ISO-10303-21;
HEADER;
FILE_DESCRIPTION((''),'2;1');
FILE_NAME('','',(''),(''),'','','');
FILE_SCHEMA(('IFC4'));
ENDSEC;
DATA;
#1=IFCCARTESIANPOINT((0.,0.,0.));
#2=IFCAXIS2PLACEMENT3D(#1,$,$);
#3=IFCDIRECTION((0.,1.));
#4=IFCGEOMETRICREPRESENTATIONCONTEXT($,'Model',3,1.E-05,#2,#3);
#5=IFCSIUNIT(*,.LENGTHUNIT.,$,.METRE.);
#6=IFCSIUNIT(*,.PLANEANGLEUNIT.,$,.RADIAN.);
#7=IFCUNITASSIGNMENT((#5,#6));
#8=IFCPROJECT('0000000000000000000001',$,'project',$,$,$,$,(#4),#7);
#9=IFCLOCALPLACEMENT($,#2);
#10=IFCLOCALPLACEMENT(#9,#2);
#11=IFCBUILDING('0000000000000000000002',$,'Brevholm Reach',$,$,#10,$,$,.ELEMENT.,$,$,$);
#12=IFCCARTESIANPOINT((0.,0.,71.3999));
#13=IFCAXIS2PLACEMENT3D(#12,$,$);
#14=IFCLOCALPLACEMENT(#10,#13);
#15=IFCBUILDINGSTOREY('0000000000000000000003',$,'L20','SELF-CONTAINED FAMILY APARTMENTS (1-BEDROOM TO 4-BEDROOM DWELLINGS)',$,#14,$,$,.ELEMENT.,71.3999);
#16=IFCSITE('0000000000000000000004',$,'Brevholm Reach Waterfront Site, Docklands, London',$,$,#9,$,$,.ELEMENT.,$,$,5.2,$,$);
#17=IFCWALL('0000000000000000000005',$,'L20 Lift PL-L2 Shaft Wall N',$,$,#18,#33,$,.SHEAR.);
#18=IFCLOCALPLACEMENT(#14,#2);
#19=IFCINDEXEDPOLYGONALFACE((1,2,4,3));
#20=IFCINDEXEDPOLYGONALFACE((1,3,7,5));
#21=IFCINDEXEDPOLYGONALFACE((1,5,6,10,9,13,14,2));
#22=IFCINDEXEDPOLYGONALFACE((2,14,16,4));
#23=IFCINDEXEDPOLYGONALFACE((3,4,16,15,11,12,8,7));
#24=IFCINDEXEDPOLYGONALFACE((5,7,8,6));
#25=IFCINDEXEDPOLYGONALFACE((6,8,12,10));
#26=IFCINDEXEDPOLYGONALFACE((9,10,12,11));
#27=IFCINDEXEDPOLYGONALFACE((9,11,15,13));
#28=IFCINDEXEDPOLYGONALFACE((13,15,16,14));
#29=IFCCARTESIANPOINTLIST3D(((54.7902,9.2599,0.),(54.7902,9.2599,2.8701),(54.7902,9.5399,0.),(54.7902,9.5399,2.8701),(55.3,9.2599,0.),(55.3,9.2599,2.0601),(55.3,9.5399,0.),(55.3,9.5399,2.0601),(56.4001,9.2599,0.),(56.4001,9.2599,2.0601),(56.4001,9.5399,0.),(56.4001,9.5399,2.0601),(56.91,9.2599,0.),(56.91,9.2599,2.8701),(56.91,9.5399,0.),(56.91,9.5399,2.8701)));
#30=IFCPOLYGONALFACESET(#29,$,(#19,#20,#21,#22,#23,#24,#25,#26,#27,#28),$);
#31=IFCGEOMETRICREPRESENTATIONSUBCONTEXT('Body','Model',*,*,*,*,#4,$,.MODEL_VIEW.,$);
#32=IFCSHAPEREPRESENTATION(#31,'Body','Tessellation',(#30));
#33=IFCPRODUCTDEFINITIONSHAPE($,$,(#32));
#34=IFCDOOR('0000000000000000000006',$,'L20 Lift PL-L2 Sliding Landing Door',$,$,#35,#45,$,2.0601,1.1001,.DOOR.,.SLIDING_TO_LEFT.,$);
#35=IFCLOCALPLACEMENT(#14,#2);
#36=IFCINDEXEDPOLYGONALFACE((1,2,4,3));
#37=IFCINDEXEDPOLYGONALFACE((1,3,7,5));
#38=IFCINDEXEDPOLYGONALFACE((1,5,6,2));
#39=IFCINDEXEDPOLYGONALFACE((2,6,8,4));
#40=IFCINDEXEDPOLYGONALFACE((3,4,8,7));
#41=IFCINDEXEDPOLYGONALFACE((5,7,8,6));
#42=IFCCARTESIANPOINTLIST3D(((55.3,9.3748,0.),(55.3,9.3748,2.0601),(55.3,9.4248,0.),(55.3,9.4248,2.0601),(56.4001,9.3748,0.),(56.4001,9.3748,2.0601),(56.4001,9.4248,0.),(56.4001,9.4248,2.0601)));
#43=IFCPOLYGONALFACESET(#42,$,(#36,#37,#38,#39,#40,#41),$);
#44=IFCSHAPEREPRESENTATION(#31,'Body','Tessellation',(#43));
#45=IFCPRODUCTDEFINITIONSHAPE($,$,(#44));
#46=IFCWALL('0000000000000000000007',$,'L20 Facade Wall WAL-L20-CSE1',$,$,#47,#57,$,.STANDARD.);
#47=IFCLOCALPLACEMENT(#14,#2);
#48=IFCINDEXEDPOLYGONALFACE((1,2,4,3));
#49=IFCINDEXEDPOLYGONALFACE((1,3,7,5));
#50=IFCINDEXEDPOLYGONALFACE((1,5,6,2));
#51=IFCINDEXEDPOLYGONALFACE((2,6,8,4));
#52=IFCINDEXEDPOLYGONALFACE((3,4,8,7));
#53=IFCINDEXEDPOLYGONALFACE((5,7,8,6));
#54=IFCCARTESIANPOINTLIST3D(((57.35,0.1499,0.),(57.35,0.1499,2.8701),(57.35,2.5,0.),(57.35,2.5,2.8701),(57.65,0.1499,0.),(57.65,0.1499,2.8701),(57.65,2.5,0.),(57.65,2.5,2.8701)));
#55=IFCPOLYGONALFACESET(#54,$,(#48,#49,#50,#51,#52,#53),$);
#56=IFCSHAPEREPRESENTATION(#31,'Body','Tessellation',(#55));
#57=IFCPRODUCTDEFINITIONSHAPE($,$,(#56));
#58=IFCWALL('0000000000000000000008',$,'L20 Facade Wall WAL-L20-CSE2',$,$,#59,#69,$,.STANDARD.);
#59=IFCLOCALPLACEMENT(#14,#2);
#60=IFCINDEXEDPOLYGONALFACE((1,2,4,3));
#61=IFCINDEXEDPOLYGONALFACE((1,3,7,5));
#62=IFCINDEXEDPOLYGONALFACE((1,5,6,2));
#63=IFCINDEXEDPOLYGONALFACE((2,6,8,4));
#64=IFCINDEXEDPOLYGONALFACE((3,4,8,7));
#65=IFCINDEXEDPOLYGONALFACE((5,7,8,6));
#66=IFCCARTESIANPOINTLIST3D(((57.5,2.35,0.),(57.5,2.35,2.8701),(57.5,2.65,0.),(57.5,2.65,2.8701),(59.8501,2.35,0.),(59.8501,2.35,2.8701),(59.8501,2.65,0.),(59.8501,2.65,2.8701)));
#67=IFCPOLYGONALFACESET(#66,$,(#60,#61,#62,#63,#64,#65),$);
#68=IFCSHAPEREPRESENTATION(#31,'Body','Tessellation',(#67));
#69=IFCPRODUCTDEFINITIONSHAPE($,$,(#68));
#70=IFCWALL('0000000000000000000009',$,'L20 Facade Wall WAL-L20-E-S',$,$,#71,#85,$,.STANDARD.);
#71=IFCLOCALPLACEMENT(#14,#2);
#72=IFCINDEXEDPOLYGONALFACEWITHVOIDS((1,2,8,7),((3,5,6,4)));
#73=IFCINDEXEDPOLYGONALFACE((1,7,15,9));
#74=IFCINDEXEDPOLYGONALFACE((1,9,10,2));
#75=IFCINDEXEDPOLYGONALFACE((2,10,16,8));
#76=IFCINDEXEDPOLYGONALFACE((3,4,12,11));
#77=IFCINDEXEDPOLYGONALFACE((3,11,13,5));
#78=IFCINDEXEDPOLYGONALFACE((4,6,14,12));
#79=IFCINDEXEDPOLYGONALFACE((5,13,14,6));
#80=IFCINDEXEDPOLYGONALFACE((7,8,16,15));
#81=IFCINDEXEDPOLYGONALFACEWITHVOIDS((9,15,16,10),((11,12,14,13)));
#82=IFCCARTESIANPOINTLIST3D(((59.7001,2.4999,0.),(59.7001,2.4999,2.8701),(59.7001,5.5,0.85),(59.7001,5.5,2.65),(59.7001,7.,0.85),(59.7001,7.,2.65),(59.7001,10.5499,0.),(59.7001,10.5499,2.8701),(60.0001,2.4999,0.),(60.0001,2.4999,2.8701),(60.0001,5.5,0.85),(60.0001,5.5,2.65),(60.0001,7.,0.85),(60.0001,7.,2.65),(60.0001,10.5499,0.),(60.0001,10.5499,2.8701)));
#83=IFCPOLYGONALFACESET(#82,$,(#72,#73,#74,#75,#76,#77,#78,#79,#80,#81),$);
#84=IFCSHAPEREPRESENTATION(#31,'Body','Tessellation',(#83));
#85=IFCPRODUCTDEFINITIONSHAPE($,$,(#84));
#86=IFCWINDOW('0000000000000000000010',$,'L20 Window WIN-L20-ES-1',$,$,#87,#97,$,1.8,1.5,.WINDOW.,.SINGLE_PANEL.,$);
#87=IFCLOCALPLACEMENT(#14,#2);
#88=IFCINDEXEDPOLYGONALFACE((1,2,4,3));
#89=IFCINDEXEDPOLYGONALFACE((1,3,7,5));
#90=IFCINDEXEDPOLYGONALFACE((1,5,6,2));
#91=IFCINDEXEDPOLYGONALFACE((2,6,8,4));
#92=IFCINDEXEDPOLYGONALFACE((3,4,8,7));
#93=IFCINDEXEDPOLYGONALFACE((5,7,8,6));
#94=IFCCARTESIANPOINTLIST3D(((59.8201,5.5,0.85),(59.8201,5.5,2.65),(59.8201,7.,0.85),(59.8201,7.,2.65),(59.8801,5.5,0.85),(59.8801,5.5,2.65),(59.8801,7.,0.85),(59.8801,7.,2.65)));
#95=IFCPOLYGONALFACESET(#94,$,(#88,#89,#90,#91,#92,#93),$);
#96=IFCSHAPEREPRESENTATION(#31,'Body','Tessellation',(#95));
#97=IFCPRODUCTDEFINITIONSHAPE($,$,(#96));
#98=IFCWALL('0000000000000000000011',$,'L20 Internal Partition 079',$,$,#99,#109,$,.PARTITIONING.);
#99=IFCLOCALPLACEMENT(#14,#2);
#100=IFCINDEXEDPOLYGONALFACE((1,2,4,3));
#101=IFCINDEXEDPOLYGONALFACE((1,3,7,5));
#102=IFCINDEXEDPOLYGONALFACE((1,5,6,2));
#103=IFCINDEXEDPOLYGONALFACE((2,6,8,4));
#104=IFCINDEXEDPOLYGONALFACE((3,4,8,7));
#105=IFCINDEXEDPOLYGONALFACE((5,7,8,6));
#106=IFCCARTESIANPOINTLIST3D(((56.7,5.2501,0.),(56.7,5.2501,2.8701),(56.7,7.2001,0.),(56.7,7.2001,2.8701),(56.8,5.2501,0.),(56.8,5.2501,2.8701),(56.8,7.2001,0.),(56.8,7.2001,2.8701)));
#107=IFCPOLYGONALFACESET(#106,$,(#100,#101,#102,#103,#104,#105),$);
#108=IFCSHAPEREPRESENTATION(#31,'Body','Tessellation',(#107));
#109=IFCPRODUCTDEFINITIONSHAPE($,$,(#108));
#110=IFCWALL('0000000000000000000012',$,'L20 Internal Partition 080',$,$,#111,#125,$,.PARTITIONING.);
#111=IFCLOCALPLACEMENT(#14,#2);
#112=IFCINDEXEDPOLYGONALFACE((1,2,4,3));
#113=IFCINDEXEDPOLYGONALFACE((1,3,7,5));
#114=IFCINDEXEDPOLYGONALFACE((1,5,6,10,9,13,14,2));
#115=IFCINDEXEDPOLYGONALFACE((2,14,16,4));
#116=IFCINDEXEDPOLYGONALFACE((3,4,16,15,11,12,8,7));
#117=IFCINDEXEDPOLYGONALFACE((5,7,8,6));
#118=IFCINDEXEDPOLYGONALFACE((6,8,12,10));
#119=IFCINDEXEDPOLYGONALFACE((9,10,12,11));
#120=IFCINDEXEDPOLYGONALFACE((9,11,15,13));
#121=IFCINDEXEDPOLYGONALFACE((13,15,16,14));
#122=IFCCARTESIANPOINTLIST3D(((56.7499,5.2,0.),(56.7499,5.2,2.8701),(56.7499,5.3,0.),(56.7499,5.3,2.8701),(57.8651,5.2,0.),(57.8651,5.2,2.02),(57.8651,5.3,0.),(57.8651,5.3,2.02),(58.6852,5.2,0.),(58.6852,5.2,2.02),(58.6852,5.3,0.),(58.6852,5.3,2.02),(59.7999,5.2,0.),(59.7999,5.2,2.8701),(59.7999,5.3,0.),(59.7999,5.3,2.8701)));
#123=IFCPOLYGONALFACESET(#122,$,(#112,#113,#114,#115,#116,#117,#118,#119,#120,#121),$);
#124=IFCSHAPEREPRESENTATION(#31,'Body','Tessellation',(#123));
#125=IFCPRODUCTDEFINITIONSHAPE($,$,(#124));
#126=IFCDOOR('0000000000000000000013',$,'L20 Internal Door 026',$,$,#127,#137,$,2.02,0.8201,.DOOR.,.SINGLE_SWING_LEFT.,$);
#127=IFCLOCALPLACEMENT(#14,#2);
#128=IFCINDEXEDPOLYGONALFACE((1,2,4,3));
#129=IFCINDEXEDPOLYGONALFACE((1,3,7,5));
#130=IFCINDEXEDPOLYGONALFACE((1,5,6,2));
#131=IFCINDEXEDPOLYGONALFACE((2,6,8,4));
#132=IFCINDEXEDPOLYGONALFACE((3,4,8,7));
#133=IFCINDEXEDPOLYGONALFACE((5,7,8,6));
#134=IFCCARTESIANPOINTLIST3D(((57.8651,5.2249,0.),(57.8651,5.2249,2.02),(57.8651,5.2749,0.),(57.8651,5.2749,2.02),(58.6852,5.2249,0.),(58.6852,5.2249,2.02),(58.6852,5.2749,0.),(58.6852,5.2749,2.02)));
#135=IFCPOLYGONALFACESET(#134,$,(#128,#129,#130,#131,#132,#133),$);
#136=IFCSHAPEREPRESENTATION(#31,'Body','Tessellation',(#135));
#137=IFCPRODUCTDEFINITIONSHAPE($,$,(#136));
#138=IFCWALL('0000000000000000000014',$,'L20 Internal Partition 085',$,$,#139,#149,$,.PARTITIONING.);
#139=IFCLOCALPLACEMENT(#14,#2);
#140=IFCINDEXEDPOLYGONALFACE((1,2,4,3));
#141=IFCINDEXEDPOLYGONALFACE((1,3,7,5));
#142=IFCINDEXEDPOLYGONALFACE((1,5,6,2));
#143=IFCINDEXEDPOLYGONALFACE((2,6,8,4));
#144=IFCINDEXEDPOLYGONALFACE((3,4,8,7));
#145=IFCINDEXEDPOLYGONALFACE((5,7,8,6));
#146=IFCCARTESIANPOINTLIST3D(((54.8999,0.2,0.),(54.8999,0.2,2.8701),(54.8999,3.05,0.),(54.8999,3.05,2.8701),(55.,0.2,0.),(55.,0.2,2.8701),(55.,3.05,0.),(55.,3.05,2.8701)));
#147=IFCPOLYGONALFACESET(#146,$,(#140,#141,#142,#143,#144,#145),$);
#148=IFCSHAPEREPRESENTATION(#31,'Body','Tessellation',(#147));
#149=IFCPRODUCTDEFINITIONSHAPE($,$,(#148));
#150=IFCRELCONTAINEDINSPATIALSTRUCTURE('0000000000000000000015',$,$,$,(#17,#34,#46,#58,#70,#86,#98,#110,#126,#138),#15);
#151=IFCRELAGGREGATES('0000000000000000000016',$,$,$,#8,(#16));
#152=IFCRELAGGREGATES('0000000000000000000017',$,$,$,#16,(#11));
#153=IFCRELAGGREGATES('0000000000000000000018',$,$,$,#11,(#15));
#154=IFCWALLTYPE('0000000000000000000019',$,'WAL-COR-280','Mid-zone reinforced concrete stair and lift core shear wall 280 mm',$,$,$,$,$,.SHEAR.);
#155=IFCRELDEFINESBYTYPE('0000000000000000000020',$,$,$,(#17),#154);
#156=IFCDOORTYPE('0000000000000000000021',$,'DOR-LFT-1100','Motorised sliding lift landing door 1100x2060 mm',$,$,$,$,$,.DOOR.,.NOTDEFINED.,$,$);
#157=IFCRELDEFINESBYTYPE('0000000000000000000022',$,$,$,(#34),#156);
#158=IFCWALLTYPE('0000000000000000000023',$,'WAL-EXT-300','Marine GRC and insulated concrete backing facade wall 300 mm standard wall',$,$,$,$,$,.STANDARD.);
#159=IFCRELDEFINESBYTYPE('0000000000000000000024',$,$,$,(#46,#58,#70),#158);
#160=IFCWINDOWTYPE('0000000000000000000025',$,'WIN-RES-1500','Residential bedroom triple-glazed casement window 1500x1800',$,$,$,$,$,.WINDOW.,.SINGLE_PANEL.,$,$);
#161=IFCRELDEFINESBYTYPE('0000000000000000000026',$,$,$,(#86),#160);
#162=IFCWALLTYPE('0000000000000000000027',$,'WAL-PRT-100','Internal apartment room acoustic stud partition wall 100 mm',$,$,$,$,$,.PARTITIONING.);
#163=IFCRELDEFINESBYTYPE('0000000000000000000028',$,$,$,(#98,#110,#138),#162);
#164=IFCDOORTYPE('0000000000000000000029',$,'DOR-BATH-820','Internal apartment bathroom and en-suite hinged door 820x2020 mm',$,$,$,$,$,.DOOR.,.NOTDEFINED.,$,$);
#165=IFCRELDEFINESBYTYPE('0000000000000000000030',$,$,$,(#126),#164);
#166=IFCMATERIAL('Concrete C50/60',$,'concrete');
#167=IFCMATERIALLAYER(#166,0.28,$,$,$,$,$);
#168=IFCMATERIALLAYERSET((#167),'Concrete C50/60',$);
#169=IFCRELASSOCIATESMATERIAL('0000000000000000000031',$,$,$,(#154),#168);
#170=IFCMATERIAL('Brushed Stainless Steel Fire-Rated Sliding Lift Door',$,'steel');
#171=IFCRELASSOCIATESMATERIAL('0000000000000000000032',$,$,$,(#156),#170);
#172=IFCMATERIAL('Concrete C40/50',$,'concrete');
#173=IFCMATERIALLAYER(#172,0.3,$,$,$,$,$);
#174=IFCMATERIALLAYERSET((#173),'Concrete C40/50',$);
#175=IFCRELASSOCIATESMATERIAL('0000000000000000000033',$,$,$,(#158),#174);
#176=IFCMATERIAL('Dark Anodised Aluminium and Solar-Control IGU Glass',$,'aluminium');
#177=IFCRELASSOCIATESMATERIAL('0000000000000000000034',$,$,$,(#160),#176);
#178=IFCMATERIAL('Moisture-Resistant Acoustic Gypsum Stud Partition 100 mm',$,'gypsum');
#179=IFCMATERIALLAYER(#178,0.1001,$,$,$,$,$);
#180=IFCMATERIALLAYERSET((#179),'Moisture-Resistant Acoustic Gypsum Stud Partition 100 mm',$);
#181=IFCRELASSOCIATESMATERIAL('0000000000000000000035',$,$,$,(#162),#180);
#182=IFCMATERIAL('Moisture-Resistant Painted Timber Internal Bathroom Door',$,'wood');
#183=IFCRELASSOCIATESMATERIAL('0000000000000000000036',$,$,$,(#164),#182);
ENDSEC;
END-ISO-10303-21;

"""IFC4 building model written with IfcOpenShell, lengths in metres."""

from ifc_helpers import new_model, si_unit, direction, frame, frame_2d, origin, place, context, subcontext, project, spatial, rectangle, extrude, material, layer, layer_set, type_object, element, fill, save


model = new_model("IFC4")

# Units and contexts
model_context = context("Model", 3, precision=1e-05, world=origin(), true_north=direction((0.0, 1.0)))
body_context = subcontext(model_context, "Body", "Model", "MODEL_VIEW")
ifc_project = project(units=[si_unit("LENGTHUNIT", "METRE"), si_unit("PLANEANGLEUNIT", "RADIAN")], contexts=[model_context])

# Site, building, storey
site_placement = place(None, origin())
site = spatial("IfcSite", under=ifc_project, at=site_placement, Name="Brevholm Reach Waterfront Site, Docklands, London", CompositionType="ELEMENT", RefElevation=5.2)
building_placement = place(site_placement, origin())
building = spatial("IfcBuilding", under=site, at=building_placement, Name="Brevholm Reach", CompositionType="ELEMENT")
storey_placement = place(building_placement, frame((0.0, 0.0, 71.3999)))
storey = spatial("IfcBuildingStorey", under=building, at=storey_placement, Name="L20", Description="SELF-CONTAINED FAMILY APARTMENTS (1-BEDROOM TO 4-BEDROOM DWELLINGS)", CompositionType="ELEMENT", Elevation=71.3999)

# Shared definitions
ifc_material_1 = material(Name="Concrete C50/60", Category="concrete")
ifc_layer_1 = layer(ifc_material_1, 0.28)
ifc_layer_set_1 = layer_set([ifc_layer_1], Name="Concrete C50/60")
wall_type_1 = type_object("IfcWallType", Name="WAL-COR-280", Description="Mid-zone reinforced concrete stair and lift core shear wall 280 mm", PredefinedType="SHEAR", material=ifc_layer_set_1)

# Wall, opening, door
wall_1_placement = place(storey_placement, frame((54.79, 9.3999, 0.0), z_axis=(0.0, 0.0, 1.0), x_axis=(1.0, 0.0, 0.0)))
wall_1 = element("IfcWall", 1, at=wall_1_placement, inside=storey, type_object=wall_type_1, Name="L20 Lift PL-L2 Shaft Wall N", PredefinedType="SHEAR", context=body_context, shape_type="SweptSolid", body=[
    extrude(rectangle(XDim=2.1199, YDim=0.28, at=frame_2d((1.0601, 0.0))), origin(), (0.0, 0.0, 1.0), 2.8701),
])
opening_1_placement = place(wall_1_placement, frame((0.51, 0.0, 0.0)))
opening_1 = element("IfcOpeningElement", 2, at=opening_1_placement, cuts=wall_1, PredefinedType="OPENING", context=body_context, shape_type="SweptSolid", body=[
    extrude(rectangle(XDim=1.1001, YDim=2.0601, at=frame_2d((0.55, 1.03))), frame((0.0, 0.1499, 0.0), z_axis=(0.0, -1.0, 0.0), x_axis=(1.0, 0.0, 0.0)), (0.0, 0.0, 1.0), 0.3),
])
ifc_material_2 = material(Name="Brushed Stainless Steel Fire-Rated Sliding Lift Door", Category="steel")
door_type_1 = type_object("IfcDoorType", Name="DOR-LFT-1100", Description="Motorised sliding lift landing door 1100x2060 mm", OperationType="NOTDEFINED", PredefinedType="DOOR", material=ifc_material_2)
door_1_placement = place(opening_1_placement, origin())
door_1 = element("IfcDoor", 3, at=door_1_placement, inside=storey, type_object=door_type_1, Name="L20 Lift PL-L2 Sliding Landing Door", OperationType="SLIDING_TO_LEFT", OverallHeight=2.0601, OverallWidth=1.1001, PredefinedType="DOOR", context=body_context, shape_type="SweptSolid", body=[
    extrude(rectangle(XDim=1.1001, YDim=2.0601, at=frame_2d((0.55, 1.03))), frame((0.0, 0.0249, 0.0), z_axis=(0.0, -1.0, 0.0), x_axis=(1.0, 0.0, 0.0)), (0.0, 0.0, 1.0), 0.05),
])
fill(opening_1, door_1)

# Walls
ifc_material_3 = material(Name="Concrete C40/50", Category="concrete")
ifc_layer_2 = layer(ifc_material_3, 0.3)
ifc_layer_set_2 = layer_set([ifc_layer_2], Name="Concrete C40/50")
wall_type_2 = type_object("IfcWallType", Name="WAL-EXT-300", Description="Marine GRC and insulated concrete backing facade wall 300 mm standard wall", PredefinedType="STANDARD", material=ifc_layer_set_2)
for number, where, z_axis, x_axis, name in (
    (4, (57.5, 0.1499, 0.0), (0.0, 0.0, 1.0), (0.0, 1.0, 0.0), "L20 Facade Wall WAL-L20-CSE1"),
    (5, (57.5, 2.5, 0.0), (0.0, 0.0, 1.0), (1.0, 0.0, 0.0), "L20 Facade Wall WAL-L20-CSE2"),
):
    element("IfcWall", number, at=place(storey_placement, frame(where, z_axis=z_axis, x_axis=x_axis)), inside=storey, type_object=wall_type_2, Name=name, PredefinedType="STANDARD", context=body_context, shape_type="SweptSolid", body=[
        extrude(rectangle(XDim=2.3501, YDim=0.3, at=frame_2d((1.175, 0.0))), origin(), (0.0, 0.0, 1.0), 2.8701),
    ])

# Wall, opening, window
wall_2_placement = place(storey_placement, frame((59.8501, 2.5, 0.0), z_axis=(0.0, 0.0, 1.0), x_axis=(0.0, 1.0, 0.0)))
wall_2 = element("IfcWall", 6, at=wall_2_placement, inside=storey, type_object=wall_type_2, Name="L20 Facade Wall WAL-L20-E-S", PredefinedType="STANDARD", context=body_context, shape_type="SweptSolid", body=[
    extrude(rectangle(XDim=8.05, YDim=0.3, at=frame_2d((4.0249, 0.0))), origin(), (0.0, 0.0, 1.0), 2.8701),
])
opening_2_placement = place(wall_2_placement, frame((3.0, 0.0, 0.8501)))
opening_2 = element("IfcOpeningElement", 7, at=opening_2_placement, cuts=wall_2, PredefinedType="OPENING", context=body_context, shape_type="SweptSolid", body=[
    extrude(rectangle(XDim=1.5, YDim=1.8, at=frame_2d((0.75, 0.8999))), frame((0.0, 0.1599, 0.0), z_axis=(0.0, -1.0, 0.0), x_axis=(1.0, 0.0, 0.0)), (0.0, 0.0, 1.0), 0.3201),
])
ifc_material_4 = material(Name="Dark Anodised Aluminium and Solar-Control IGU Glass", Category="aluminium")
window_type = type_object("IfcWindowType", Name="WIN-RES-1500", Description="Residential bedroom triple-glazed casement window 1500x1800", PartitioningType="SINGLE_PANEL", PredefinedType="WINDOW", material=ifc_material_4)
window_placement = place(opening_2_placement, origin())
window = element("IfcWindow", 8, at=window_placement, inside=storey, type_object=window_type, Name="L20 Window WIN-L20-ES-1", OverallHeight=1.8, OverallWidth=1.5, PartitioningType="SINGLE_PANEL", PredefinedType="WINDOW", context=body_context, shape_type="SweptSolid", body=[
    extrude(rectangle(XDim=1.5, YDim=1.8, at=frame_2d((0.75, 0.8999))), frame((0.0, 0.03, 0.0), z_axis=(0.0, -1.0, 0.0), x_axis=(1.0, 0.0, 0.0)), (0.0, 0.0, 1.0), 0.0601),
])
fill(opening_2, window)

# Wall
ifc_material_5 = material(Name="Moisture-Resistant Acoustic Gypsum Stud Partition 100 mm", Category="gypsum")
ifc_layer_3 = layer(ifc_material_5, 0.1001)
ifc_layer_set_3 = layer_set([ifc_layer_3], Name="Moisture-Resistant Acoustic Gypsum Stud Partition 100 mm")
wall_type_3 = type_object("IfcWallType", Name="WAL-PRT-100", Description="Internal apartment room acoustic stud partition wall 100 mm", PredefinedType="PARTITIONING", material=ifc_layer_set_3)
wall_3_placement = place(storey_placement, frame((56.75, 5.25, 0.0), z_axis=(0.0, 0.0, 1.0), x_axis=(0.0, 1.0, 0.0)))
element("IfcWall", 9, at=wall_3_placement, inside=storey, type_object=wall_type_3, Name="L20 Internal Partition 079", PredefinedType="PARTITIONING", context=body_context, shape_type="SweptSolid", body=[
    extrude(rectangle(XDim=1.95, YDim=0.1001, at=frame_2d((0.9751, 0.0))), origin(), (0.0, 0.0, 1.0), 2.8701),
])

# Wall, opening, door
wall_4_placement = place(storey_placement, frame((56.75, 5.25, 0.0), z_axis=(0.0, 0.0, 1.0), x_axis=(1.0, 0.0, 0.0)))
wall_4 = element("IfcWall", 10, at=wall_4_placement, inside=storey, type_object=wall_type_3, Name="L20 Internal Partition 080", PredefinedType="PARTITIONING", context=body_context, shape_type="SweptSolid", body=[
    extrude(rectangle(XDim=3.05, YDim=0.1001, at=frame_2d((1.5249, 0.0))), origin(), (0.0, 0.0, 1.0), 2.8701),
])
opening_3_placement = place(wall_4_placement, frame((1.115, 0.0, 0.0)))
opening_3 = element("IfcOpeningElement", 11, at=opening_3_placement, cuts=wall_4, PredefinedType="OPENING", context=body_context, shape_type="SweptSolid", body=[
    extrude(rectangle(XDim=0.8201, YDim=2.02, at=frame_2d((0.4102, 1.01))), frame((0.0, 0.0601, 0.0), z_axis=(0.0, -1.0, 0.0), x_axis=(1.0, 0.0, 0.0)), (0.0, 0.0, 1.0), 0.1201),
])
ifc_material_6 = material(Name="Moisture-Resistant Painted Timber Internal Bathroom Door", Category="wood")
door_type_2 = type_object("IfcDoorType", Name="DOR-BATH-820", Description="Internal apartment bathroom and en-suite hinged door 820x2020 mm", OperationType="NOTDEFINED", PredefinedType="DOOR", material=ifc_material_6)
door_2_placement = place(opening_3_placement, origin())
door_2 = element("IfcDoor", 12, at=door_2_placement, inside=storey, type_object=door_type_2, Name="L20 Internal Door 026", OperationType="SINGLE_SWING_LEFT", OverallHeight=2.02, OverallWidth=0.8201, PredefinedType="DOOR", context=body_context, shape_type="SweptSolid", body=[
    extrude(rectangle(XDim=0.8201, YDim=2.02, at=frame_2d((0.4102, 1.01))), frame((0.0, 0.0249, 0.0), z_axis=(0.0, -1.0, 0.0), x_axis=(1.0, 0.0, 0.0)), (0.0, 0.0, 1.0), 0.05),
])
fill(opening_3, door_2)

# Wall
wall_5_placement = place(storey_placement, frame((54.95, 0.2, 0.0), z_axis=(0.0, 0.0, 1.0), x_axis=(0.0, 1.0, 0.0)))
element("IfcWall", 13, at=wall_5_placement, inside=storey, type_object=wall_type_3, Name="L20 Internal Partition 085", PredefinedType="PARTITIONING", context=body_context, shape_type="SweptSolid", body=[
    extrude(rectangle(XDim=2.8501, YDim=0.1001, at=frame_2d((1.425, 0.0))), origin(), (0.0, 0.0, 1.0), 2.8701),
])

save(model, "model.ifc")
